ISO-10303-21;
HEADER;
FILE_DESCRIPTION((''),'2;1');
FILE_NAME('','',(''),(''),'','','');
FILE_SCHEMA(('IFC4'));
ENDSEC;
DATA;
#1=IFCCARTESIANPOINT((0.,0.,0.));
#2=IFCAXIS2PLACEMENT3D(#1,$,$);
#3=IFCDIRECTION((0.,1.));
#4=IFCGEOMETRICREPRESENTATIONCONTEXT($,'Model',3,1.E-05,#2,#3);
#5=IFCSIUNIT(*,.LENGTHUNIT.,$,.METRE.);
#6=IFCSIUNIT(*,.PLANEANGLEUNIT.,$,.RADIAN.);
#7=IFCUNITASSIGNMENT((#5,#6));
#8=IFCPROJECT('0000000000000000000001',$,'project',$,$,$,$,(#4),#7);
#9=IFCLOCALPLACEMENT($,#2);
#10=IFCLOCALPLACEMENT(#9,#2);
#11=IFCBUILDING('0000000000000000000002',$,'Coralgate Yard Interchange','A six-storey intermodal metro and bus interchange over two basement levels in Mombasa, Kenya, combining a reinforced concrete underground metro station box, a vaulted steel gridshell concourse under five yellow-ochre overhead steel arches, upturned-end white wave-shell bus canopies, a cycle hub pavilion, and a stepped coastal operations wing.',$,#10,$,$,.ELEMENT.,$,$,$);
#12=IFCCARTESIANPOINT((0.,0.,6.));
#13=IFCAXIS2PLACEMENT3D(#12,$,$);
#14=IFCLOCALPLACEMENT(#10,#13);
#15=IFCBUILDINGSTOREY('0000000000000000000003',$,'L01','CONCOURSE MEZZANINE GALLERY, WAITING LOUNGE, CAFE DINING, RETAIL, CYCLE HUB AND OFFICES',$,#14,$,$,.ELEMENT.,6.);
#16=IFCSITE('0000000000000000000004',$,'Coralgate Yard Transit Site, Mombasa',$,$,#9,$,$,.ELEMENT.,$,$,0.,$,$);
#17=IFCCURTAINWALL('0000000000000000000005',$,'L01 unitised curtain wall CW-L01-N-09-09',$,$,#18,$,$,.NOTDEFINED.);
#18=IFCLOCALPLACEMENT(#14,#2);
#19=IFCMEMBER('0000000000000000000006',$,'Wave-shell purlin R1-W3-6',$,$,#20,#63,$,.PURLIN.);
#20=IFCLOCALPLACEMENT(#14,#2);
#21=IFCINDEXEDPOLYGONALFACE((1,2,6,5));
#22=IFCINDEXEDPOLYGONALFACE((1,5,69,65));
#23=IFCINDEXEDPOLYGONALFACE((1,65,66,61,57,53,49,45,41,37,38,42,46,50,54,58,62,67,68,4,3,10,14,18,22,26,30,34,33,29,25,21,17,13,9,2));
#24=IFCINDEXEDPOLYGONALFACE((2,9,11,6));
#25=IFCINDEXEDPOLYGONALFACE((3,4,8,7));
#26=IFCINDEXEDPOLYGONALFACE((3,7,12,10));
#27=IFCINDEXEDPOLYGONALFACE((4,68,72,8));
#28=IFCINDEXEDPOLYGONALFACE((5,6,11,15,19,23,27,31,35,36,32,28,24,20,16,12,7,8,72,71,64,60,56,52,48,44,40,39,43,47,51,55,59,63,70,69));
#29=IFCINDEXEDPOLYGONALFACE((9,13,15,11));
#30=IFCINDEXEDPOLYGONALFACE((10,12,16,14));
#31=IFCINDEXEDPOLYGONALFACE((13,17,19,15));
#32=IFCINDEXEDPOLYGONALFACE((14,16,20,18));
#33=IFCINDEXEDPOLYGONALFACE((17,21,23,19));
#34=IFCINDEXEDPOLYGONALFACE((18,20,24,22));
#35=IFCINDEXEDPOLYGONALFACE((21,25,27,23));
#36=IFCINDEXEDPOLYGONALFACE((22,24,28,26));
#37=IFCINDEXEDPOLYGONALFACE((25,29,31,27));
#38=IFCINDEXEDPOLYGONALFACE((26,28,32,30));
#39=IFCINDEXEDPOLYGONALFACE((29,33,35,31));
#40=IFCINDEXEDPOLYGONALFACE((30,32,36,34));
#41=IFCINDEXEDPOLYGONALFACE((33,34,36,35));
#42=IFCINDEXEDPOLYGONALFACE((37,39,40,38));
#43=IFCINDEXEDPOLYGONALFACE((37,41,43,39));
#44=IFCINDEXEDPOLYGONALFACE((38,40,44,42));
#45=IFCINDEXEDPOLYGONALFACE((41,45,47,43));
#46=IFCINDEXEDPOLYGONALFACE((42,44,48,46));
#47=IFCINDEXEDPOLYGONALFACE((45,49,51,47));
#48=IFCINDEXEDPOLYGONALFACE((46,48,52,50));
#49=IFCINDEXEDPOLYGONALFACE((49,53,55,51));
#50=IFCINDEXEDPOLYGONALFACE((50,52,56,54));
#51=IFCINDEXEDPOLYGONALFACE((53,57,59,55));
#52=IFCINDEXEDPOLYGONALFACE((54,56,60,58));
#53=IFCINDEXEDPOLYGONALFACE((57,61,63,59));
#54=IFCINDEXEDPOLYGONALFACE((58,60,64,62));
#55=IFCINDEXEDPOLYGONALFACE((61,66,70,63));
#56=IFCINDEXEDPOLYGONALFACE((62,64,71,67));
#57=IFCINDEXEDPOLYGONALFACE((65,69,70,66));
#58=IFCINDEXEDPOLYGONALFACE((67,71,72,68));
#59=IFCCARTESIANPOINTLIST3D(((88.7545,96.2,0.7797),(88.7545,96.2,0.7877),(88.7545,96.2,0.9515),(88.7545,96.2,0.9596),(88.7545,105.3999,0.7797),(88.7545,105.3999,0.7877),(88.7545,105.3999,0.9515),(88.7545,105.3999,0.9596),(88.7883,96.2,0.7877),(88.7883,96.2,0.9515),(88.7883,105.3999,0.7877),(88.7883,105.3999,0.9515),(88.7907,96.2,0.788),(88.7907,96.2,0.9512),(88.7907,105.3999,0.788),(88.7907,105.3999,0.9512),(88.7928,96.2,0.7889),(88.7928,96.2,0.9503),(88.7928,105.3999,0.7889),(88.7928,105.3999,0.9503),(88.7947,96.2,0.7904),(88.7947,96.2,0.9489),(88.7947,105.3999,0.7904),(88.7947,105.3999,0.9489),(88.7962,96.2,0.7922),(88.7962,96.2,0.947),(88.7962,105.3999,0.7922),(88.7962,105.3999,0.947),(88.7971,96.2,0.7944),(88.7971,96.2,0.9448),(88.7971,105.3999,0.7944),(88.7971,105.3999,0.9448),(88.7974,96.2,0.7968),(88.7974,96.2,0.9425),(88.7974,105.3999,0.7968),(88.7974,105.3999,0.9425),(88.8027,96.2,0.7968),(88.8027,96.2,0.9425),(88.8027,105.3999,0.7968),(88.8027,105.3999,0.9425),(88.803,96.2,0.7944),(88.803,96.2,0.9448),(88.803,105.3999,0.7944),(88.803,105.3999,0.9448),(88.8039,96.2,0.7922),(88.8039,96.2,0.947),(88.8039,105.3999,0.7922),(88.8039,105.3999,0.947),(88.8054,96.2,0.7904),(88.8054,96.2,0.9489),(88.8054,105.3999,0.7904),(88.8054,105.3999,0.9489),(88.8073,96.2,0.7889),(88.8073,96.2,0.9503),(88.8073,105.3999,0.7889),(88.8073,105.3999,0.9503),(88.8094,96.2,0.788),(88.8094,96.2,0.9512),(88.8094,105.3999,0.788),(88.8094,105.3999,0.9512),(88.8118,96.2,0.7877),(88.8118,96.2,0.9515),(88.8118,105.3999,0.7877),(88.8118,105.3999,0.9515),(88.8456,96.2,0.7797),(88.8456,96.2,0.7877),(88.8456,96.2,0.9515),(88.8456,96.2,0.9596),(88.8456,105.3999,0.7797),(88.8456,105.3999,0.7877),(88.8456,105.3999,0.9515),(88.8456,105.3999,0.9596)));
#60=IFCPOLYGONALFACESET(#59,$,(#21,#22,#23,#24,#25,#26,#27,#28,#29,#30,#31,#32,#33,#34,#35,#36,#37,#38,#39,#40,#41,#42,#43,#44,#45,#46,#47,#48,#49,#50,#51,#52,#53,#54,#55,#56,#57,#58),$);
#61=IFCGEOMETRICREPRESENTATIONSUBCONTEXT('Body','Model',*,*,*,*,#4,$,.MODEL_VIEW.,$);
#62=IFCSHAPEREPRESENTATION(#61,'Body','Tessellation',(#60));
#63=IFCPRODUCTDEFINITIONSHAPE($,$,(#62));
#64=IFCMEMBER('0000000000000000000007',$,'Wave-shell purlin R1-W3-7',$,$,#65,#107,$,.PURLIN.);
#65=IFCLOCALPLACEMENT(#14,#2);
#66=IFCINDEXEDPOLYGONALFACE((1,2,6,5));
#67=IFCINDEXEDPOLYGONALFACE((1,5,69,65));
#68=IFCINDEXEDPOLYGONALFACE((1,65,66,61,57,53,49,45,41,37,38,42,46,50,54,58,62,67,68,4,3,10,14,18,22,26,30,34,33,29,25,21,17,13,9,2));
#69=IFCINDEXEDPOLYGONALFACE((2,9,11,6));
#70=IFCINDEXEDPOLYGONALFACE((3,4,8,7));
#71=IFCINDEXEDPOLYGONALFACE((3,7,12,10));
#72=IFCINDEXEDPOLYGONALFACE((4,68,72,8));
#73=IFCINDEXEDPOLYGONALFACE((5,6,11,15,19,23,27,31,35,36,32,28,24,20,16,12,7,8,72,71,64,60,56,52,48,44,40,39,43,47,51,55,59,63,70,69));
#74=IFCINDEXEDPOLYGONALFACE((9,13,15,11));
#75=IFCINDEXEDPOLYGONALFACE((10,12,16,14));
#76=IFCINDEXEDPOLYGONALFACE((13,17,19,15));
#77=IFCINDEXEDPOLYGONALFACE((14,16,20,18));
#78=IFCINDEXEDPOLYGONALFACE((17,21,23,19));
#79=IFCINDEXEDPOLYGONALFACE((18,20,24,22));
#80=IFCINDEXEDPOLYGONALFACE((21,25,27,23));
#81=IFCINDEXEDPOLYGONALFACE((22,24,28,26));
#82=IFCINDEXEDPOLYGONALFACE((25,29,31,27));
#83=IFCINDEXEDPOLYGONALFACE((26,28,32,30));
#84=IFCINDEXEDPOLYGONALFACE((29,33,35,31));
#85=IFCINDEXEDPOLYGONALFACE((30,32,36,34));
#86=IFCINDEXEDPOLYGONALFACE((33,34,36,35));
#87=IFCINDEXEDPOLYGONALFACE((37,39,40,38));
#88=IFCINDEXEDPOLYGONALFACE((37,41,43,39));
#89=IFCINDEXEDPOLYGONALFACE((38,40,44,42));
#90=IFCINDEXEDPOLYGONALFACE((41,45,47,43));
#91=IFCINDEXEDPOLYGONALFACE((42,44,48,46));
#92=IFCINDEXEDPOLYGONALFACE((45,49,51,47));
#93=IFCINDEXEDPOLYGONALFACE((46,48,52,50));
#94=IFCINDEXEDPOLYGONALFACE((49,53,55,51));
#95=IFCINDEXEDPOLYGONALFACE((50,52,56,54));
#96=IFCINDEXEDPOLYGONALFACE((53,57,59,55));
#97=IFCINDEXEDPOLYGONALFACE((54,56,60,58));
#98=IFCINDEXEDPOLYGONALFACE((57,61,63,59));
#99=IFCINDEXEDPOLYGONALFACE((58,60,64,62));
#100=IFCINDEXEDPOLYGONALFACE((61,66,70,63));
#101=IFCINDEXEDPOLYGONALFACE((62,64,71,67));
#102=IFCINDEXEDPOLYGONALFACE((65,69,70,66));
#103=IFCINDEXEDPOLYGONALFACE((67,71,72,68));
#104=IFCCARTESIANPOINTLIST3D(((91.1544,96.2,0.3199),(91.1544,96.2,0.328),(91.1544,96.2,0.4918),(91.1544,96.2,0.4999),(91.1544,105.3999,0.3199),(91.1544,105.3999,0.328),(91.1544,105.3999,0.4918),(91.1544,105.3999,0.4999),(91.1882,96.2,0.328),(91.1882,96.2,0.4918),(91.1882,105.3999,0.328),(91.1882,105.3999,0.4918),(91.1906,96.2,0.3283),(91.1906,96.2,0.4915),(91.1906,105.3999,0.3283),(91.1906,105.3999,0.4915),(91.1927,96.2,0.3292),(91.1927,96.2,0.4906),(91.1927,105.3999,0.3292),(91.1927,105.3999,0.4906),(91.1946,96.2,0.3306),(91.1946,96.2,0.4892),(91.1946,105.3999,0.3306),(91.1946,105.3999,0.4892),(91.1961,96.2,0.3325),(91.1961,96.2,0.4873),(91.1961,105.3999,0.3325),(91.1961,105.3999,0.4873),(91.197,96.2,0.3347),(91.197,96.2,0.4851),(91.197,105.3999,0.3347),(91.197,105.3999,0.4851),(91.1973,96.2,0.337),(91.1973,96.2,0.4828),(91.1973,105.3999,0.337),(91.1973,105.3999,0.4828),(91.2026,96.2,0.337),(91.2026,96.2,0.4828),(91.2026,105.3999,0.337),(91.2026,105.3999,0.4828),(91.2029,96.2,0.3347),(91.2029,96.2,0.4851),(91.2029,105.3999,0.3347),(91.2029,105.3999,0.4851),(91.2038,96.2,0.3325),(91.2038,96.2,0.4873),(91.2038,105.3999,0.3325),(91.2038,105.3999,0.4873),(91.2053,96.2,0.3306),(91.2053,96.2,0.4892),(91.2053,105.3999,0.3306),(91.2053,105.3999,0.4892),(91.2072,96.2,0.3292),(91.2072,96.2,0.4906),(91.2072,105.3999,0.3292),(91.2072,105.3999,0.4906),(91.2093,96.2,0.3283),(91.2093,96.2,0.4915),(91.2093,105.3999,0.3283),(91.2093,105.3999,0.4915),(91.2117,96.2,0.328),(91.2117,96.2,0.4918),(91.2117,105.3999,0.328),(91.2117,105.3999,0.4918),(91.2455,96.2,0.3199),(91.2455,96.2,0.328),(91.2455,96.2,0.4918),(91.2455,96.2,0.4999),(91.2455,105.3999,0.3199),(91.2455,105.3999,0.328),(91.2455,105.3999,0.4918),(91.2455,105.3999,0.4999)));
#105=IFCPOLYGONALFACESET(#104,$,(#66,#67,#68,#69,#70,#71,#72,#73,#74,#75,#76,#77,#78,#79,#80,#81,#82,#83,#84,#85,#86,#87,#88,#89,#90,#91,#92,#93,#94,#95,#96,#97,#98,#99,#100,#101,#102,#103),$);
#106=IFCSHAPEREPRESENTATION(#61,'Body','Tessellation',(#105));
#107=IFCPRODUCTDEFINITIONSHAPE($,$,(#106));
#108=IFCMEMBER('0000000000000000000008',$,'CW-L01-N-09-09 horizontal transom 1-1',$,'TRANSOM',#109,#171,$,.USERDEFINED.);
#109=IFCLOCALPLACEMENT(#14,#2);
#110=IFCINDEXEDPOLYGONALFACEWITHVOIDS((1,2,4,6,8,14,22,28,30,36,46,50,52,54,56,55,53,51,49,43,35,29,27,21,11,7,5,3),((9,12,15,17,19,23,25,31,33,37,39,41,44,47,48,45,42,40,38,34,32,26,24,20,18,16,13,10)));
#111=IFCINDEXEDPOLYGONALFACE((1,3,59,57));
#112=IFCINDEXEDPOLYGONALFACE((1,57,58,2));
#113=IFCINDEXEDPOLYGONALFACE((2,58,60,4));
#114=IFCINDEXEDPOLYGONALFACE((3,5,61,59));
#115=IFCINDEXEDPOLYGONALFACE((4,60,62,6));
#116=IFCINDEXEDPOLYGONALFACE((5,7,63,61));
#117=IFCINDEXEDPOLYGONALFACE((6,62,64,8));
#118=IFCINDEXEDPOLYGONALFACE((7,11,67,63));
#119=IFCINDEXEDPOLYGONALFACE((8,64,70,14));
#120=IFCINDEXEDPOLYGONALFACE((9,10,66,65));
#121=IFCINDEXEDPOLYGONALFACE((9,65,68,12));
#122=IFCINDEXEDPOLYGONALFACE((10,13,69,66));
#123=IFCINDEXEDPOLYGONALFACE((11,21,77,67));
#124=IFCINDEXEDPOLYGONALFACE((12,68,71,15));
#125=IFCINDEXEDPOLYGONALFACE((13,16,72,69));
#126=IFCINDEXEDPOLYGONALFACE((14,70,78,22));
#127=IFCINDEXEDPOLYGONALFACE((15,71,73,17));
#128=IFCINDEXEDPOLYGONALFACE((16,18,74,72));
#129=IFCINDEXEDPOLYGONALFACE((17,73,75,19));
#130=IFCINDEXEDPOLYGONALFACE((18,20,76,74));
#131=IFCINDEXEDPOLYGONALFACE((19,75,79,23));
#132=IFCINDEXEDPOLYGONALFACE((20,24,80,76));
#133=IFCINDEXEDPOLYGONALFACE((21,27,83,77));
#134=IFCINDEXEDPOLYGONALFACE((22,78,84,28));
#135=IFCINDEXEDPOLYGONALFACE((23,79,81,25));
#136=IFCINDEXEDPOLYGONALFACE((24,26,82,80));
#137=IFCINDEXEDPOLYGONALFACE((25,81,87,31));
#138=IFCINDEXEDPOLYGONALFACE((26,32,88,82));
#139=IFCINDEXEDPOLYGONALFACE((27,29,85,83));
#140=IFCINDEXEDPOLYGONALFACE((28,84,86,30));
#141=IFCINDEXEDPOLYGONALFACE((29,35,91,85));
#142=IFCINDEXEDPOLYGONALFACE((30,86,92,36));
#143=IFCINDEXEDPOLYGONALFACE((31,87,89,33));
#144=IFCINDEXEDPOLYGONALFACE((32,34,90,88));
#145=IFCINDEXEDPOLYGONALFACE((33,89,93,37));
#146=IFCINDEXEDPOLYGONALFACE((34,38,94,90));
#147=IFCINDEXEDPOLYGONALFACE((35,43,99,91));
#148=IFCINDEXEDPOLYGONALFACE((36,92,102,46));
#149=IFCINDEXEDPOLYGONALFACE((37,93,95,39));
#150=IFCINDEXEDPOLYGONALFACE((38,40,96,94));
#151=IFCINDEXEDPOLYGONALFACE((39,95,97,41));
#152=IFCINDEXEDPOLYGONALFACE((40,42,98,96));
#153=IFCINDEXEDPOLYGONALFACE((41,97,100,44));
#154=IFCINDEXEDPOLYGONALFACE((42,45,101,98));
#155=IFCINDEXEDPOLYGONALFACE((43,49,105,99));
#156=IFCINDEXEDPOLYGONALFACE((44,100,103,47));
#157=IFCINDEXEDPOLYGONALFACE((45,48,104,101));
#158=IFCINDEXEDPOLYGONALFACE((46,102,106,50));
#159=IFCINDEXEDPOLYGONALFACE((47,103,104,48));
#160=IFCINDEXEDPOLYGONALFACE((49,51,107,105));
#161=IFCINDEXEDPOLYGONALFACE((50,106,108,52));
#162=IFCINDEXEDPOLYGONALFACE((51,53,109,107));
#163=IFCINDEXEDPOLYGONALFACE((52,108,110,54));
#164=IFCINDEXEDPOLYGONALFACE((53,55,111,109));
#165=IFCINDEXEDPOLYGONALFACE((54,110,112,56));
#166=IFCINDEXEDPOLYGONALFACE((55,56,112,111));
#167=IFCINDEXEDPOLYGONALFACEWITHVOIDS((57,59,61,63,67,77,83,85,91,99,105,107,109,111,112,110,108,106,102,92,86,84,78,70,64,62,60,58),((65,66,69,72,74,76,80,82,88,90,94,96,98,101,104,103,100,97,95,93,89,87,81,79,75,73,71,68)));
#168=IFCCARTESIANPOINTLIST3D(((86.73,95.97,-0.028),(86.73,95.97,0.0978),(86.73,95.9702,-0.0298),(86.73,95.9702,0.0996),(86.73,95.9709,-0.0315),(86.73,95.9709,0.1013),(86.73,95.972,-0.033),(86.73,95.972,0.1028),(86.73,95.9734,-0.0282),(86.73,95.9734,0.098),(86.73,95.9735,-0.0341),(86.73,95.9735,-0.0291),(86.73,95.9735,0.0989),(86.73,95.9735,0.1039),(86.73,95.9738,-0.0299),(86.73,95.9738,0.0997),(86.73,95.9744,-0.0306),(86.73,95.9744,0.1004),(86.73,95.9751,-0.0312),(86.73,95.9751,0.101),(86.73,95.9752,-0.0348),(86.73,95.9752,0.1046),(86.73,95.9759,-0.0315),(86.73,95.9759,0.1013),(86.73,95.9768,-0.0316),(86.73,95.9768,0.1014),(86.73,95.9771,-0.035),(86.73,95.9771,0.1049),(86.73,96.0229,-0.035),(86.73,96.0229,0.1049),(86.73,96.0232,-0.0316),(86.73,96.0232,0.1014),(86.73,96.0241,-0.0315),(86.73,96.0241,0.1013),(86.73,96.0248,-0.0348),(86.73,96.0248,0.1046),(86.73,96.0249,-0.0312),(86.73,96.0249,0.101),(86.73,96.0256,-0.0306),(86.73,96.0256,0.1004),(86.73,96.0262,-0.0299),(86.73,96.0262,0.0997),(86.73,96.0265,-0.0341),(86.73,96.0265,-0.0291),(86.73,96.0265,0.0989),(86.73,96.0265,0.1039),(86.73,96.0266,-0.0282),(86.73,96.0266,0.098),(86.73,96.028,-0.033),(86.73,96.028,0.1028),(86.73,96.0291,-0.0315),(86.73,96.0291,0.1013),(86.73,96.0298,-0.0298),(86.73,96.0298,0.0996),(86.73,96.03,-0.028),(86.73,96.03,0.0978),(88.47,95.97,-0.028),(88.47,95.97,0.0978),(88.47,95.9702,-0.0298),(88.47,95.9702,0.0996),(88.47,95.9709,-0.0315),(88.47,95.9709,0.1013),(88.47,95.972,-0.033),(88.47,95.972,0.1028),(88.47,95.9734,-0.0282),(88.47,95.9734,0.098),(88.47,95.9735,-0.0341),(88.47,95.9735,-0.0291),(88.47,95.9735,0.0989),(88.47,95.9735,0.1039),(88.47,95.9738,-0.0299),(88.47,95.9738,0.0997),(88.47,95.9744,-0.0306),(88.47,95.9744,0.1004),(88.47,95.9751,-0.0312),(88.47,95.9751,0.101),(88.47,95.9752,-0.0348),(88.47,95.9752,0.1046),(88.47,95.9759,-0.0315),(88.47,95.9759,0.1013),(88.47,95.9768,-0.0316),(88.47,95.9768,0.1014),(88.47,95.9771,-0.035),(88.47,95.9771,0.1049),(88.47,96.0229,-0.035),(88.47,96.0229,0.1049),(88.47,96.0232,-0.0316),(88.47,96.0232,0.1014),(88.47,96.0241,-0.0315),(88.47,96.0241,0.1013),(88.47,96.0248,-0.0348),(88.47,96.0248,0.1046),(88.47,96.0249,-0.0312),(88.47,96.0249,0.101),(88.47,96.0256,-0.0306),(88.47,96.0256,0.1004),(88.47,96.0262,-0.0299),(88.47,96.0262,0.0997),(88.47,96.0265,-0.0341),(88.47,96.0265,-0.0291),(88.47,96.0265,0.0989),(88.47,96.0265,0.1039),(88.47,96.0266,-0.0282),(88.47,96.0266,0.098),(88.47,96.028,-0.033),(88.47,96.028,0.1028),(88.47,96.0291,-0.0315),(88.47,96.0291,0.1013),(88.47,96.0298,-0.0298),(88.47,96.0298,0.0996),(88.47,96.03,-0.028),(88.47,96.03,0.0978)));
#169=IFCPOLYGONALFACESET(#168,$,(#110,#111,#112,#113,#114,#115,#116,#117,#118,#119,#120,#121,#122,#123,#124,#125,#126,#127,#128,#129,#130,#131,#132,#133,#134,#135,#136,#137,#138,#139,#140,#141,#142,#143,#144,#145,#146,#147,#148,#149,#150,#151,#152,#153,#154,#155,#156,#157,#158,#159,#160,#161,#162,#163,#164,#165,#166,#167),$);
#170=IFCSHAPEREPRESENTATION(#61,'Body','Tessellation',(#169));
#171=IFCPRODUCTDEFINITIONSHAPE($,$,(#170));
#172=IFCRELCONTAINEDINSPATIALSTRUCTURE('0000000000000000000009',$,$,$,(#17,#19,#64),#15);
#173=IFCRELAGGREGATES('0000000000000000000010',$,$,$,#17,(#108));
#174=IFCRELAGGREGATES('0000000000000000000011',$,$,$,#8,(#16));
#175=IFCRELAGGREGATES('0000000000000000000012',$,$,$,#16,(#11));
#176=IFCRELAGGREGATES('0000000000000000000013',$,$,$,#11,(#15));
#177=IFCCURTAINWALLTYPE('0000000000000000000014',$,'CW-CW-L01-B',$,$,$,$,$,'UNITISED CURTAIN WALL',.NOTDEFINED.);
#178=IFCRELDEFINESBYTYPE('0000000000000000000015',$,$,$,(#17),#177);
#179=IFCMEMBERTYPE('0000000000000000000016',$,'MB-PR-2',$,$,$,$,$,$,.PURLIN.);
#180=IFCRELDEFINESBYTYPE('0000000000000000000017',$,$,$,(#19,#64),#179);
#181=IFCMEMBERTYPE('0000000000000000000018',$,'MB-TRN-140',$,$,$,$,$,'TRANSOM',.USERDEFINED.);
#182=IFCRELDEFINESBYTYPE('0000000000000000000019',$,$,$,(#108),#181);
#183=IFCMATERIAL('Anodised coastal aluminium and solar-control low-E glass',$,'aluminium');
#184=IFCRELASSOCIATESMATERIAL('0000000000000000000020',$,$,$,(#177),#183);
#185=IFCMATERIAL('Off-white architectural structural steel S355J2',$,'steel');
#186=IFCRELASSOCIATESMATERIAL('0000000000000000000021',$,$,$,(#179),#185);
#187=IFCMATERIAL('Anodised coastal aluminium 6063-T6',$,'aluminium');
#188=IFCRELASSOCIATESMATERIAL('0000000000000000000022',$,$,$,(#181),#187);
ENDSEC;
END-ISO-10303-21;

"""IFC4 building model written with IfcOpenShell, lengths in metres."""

from ifc_helpers import new_model, si_unit, direction, frame, origin, origin_2d, place, context, subcontext, project, spatial, hollow_rectangle, i_section, extrude, material, material_profile, profile_set, type_object, element, aggregate, save


model = new_model("IFC4")

# Units and contexts
model_context = context("Model", 3, precision=1e-05, world=origin(), true_north=direction((0.0, 1.0)))
body_context = subcontext(model_context, "Body", "Model", "MODEL_VIEW")
ifc_project = project(units=[si_unit("LENGTHUNIT", "METRE"), si_unit("PLANEANGLEUNIT", "RADIAN")], contexts=[model_context])

# Site, building, storey
site_placement = place(None, origin())
site = spatial("IfcSite", under=ifc_project, at=site_placement, Name="Coralgate Yard Transit Site, Mombasa", CompositionType="ELEMENT", RefElevation=0.0)
building_placement = place(site_placement, origin())
building = spatial("IfcBuilding", under=site, at=building_placement, Name="Coralgate Yard Interchange", Description="A six-storey intermodal metro and bus interchange over two basement levels in Mombasa, Kenya, combining a reinforced concrete underground metro station box, a vaulted steel gridshell concourse under five yellow-ochre overhead steel arches, upturned-end white wave-shell bus canopies, a cycle hub pavilion, and a stepped coastal operations wing.", CompositionType="ELEMENT")
storey_placement = place(building_placement, frame((0.0, 0.0, 6.0)))
storey = spatial("IfcBuildingStorey", under=building, at=storey_placement, Name="L01", Description="CONCOURSE MEZZANINE GALLERY, WAITING LOUNGE, CAFE DINING, RETAIL, CYCLE HUB AND OFFICES", CompositionType="ELEMENT", Elevation=6.0)

# Shared definitions
ifc_material_1 = material(Name="Off-white architectural structural steel S355J2", Category="steel")

# Curtain wall
ifc_material_2 = material(Name="Anodised coastal aluminium and solar-control low-E glass", Category="aluminium")
curtain_wall_type = type_object("IfcCurtainWallType", Name="CW-CW-L01-B", ElementType="UNITISED CURTAIN WALL", PredefinedType="NOTDEFINED", material=ifc_material_2)
curtain_wall_placement = place(storey_placement, origin())
curtain_wall = element("IfcCurtainWall", 1, at=curtain_wall_placement, inside=storey, type_object=curtain_wall_type, Name="L01 unitised curtain wall CW-L01-N-09-09", PredefinedType="NOTDEFINED")
ifc_material_3 = material(Name="Anodised coastal aluminium 6063-T6", Category="aluminium")

# Members
ifc_material_profile_1 = material_profile(ifc_material_1, i_section(OverallWidth=0.0911, OverallDepth=0.1799, WebThickness=0.0054, FlangeThickness=0.0081, FilletRadius=0.009, at=origin_2d()), Name="IPE 180")
ifc_profile_set_1 = profile_set([ifc_material_profile_1], Name="Off-white architectural structural steel S355J2")
member_type_1 = type_object("IfcMemberType", Name="MB-PR-2", PredefinedType="PURLIN", material=ifc_profile_set_1)
for number, where, z_axis, x_axis, name in (
    (2, (88.8, 96.2, 0.8696), (0.0, 1.0, 0.0), (-1.0, 0.0, 0.0), "Wave-shell purlin R1-W3-6"),
    (3, (91.2, 96.2, 0.4099), (0.0, 1.0, 0.0), (-1.0, 0.0, 0.0), "Wave-shell purlin R1-W3-7"),
):
    element("IfcMember", number, at=place(storey_placement, frame(where, z_axis=z_axis, x_axis=x_axis)), inside=storey, type_object=member_type_1, Name=name, PredefinedType="PURLIN", context=body_context, shape_type="SweptSolid", body=[
        extrude(i_section(OverallWidth=0.0911, OverallDepth=0.1799, WebThickness=0.0054, FlangeThickness=0.0081, FilletRadius=0.009, at=origin_2d()), origin(), (0.0, 0.0, 1.0), 9.2),
    ])

# Member
ifc_material_profile_2 = material_profile(ifc_material_3, hollow_rectangle(XDim=0.0601, YDim=0.1399, WallThickness=0.0034, InnerFilletRadius=0.0034, OuterFilletRadius=0.0071, at=origin_2d()), Name="ALU 60x140x3.5")
ifc_profile_set_2 = profile_set([ifc_material_profile_2], Name="Anodised coastal aluminium 6063-T6")
member_type_2 = type_object("IfcMemberType", Name="MB-TRN-140", ElementType="TRANSOM", PredefinedType="USERDEFINED", material=ifc_profile_set_2)
member_1_placement = place(storey_placement, frame((86.73, 96.0, 0.0349), z_axis=(1.0, 0.0, 0.0), x_axis=(0.0, 1.0, 0.0)))
member_1 = element("IfcMember", 4, at=member_1_placement, type_object=member_type_2, Name="CW-L01-N-09-09 horizontal transom 1-1", ObjectType="TRANSOM", PredefinedType="USERDEFINED", context=body_context, shape_type="SweptSolid", body=[
    extrude(hollow_rectangle(XDim=0.0601, YDim=0.1399, WallThickness=0.0034, InnerFilletRadius=0.0034, OuterFilletRadius=0.0071, at=origin_2d()), origin(), (0.0, 0.0, 1.0), 1.74),
])

aggregate(curtain_wall, [member_1])

save(model, "model.ifc")
